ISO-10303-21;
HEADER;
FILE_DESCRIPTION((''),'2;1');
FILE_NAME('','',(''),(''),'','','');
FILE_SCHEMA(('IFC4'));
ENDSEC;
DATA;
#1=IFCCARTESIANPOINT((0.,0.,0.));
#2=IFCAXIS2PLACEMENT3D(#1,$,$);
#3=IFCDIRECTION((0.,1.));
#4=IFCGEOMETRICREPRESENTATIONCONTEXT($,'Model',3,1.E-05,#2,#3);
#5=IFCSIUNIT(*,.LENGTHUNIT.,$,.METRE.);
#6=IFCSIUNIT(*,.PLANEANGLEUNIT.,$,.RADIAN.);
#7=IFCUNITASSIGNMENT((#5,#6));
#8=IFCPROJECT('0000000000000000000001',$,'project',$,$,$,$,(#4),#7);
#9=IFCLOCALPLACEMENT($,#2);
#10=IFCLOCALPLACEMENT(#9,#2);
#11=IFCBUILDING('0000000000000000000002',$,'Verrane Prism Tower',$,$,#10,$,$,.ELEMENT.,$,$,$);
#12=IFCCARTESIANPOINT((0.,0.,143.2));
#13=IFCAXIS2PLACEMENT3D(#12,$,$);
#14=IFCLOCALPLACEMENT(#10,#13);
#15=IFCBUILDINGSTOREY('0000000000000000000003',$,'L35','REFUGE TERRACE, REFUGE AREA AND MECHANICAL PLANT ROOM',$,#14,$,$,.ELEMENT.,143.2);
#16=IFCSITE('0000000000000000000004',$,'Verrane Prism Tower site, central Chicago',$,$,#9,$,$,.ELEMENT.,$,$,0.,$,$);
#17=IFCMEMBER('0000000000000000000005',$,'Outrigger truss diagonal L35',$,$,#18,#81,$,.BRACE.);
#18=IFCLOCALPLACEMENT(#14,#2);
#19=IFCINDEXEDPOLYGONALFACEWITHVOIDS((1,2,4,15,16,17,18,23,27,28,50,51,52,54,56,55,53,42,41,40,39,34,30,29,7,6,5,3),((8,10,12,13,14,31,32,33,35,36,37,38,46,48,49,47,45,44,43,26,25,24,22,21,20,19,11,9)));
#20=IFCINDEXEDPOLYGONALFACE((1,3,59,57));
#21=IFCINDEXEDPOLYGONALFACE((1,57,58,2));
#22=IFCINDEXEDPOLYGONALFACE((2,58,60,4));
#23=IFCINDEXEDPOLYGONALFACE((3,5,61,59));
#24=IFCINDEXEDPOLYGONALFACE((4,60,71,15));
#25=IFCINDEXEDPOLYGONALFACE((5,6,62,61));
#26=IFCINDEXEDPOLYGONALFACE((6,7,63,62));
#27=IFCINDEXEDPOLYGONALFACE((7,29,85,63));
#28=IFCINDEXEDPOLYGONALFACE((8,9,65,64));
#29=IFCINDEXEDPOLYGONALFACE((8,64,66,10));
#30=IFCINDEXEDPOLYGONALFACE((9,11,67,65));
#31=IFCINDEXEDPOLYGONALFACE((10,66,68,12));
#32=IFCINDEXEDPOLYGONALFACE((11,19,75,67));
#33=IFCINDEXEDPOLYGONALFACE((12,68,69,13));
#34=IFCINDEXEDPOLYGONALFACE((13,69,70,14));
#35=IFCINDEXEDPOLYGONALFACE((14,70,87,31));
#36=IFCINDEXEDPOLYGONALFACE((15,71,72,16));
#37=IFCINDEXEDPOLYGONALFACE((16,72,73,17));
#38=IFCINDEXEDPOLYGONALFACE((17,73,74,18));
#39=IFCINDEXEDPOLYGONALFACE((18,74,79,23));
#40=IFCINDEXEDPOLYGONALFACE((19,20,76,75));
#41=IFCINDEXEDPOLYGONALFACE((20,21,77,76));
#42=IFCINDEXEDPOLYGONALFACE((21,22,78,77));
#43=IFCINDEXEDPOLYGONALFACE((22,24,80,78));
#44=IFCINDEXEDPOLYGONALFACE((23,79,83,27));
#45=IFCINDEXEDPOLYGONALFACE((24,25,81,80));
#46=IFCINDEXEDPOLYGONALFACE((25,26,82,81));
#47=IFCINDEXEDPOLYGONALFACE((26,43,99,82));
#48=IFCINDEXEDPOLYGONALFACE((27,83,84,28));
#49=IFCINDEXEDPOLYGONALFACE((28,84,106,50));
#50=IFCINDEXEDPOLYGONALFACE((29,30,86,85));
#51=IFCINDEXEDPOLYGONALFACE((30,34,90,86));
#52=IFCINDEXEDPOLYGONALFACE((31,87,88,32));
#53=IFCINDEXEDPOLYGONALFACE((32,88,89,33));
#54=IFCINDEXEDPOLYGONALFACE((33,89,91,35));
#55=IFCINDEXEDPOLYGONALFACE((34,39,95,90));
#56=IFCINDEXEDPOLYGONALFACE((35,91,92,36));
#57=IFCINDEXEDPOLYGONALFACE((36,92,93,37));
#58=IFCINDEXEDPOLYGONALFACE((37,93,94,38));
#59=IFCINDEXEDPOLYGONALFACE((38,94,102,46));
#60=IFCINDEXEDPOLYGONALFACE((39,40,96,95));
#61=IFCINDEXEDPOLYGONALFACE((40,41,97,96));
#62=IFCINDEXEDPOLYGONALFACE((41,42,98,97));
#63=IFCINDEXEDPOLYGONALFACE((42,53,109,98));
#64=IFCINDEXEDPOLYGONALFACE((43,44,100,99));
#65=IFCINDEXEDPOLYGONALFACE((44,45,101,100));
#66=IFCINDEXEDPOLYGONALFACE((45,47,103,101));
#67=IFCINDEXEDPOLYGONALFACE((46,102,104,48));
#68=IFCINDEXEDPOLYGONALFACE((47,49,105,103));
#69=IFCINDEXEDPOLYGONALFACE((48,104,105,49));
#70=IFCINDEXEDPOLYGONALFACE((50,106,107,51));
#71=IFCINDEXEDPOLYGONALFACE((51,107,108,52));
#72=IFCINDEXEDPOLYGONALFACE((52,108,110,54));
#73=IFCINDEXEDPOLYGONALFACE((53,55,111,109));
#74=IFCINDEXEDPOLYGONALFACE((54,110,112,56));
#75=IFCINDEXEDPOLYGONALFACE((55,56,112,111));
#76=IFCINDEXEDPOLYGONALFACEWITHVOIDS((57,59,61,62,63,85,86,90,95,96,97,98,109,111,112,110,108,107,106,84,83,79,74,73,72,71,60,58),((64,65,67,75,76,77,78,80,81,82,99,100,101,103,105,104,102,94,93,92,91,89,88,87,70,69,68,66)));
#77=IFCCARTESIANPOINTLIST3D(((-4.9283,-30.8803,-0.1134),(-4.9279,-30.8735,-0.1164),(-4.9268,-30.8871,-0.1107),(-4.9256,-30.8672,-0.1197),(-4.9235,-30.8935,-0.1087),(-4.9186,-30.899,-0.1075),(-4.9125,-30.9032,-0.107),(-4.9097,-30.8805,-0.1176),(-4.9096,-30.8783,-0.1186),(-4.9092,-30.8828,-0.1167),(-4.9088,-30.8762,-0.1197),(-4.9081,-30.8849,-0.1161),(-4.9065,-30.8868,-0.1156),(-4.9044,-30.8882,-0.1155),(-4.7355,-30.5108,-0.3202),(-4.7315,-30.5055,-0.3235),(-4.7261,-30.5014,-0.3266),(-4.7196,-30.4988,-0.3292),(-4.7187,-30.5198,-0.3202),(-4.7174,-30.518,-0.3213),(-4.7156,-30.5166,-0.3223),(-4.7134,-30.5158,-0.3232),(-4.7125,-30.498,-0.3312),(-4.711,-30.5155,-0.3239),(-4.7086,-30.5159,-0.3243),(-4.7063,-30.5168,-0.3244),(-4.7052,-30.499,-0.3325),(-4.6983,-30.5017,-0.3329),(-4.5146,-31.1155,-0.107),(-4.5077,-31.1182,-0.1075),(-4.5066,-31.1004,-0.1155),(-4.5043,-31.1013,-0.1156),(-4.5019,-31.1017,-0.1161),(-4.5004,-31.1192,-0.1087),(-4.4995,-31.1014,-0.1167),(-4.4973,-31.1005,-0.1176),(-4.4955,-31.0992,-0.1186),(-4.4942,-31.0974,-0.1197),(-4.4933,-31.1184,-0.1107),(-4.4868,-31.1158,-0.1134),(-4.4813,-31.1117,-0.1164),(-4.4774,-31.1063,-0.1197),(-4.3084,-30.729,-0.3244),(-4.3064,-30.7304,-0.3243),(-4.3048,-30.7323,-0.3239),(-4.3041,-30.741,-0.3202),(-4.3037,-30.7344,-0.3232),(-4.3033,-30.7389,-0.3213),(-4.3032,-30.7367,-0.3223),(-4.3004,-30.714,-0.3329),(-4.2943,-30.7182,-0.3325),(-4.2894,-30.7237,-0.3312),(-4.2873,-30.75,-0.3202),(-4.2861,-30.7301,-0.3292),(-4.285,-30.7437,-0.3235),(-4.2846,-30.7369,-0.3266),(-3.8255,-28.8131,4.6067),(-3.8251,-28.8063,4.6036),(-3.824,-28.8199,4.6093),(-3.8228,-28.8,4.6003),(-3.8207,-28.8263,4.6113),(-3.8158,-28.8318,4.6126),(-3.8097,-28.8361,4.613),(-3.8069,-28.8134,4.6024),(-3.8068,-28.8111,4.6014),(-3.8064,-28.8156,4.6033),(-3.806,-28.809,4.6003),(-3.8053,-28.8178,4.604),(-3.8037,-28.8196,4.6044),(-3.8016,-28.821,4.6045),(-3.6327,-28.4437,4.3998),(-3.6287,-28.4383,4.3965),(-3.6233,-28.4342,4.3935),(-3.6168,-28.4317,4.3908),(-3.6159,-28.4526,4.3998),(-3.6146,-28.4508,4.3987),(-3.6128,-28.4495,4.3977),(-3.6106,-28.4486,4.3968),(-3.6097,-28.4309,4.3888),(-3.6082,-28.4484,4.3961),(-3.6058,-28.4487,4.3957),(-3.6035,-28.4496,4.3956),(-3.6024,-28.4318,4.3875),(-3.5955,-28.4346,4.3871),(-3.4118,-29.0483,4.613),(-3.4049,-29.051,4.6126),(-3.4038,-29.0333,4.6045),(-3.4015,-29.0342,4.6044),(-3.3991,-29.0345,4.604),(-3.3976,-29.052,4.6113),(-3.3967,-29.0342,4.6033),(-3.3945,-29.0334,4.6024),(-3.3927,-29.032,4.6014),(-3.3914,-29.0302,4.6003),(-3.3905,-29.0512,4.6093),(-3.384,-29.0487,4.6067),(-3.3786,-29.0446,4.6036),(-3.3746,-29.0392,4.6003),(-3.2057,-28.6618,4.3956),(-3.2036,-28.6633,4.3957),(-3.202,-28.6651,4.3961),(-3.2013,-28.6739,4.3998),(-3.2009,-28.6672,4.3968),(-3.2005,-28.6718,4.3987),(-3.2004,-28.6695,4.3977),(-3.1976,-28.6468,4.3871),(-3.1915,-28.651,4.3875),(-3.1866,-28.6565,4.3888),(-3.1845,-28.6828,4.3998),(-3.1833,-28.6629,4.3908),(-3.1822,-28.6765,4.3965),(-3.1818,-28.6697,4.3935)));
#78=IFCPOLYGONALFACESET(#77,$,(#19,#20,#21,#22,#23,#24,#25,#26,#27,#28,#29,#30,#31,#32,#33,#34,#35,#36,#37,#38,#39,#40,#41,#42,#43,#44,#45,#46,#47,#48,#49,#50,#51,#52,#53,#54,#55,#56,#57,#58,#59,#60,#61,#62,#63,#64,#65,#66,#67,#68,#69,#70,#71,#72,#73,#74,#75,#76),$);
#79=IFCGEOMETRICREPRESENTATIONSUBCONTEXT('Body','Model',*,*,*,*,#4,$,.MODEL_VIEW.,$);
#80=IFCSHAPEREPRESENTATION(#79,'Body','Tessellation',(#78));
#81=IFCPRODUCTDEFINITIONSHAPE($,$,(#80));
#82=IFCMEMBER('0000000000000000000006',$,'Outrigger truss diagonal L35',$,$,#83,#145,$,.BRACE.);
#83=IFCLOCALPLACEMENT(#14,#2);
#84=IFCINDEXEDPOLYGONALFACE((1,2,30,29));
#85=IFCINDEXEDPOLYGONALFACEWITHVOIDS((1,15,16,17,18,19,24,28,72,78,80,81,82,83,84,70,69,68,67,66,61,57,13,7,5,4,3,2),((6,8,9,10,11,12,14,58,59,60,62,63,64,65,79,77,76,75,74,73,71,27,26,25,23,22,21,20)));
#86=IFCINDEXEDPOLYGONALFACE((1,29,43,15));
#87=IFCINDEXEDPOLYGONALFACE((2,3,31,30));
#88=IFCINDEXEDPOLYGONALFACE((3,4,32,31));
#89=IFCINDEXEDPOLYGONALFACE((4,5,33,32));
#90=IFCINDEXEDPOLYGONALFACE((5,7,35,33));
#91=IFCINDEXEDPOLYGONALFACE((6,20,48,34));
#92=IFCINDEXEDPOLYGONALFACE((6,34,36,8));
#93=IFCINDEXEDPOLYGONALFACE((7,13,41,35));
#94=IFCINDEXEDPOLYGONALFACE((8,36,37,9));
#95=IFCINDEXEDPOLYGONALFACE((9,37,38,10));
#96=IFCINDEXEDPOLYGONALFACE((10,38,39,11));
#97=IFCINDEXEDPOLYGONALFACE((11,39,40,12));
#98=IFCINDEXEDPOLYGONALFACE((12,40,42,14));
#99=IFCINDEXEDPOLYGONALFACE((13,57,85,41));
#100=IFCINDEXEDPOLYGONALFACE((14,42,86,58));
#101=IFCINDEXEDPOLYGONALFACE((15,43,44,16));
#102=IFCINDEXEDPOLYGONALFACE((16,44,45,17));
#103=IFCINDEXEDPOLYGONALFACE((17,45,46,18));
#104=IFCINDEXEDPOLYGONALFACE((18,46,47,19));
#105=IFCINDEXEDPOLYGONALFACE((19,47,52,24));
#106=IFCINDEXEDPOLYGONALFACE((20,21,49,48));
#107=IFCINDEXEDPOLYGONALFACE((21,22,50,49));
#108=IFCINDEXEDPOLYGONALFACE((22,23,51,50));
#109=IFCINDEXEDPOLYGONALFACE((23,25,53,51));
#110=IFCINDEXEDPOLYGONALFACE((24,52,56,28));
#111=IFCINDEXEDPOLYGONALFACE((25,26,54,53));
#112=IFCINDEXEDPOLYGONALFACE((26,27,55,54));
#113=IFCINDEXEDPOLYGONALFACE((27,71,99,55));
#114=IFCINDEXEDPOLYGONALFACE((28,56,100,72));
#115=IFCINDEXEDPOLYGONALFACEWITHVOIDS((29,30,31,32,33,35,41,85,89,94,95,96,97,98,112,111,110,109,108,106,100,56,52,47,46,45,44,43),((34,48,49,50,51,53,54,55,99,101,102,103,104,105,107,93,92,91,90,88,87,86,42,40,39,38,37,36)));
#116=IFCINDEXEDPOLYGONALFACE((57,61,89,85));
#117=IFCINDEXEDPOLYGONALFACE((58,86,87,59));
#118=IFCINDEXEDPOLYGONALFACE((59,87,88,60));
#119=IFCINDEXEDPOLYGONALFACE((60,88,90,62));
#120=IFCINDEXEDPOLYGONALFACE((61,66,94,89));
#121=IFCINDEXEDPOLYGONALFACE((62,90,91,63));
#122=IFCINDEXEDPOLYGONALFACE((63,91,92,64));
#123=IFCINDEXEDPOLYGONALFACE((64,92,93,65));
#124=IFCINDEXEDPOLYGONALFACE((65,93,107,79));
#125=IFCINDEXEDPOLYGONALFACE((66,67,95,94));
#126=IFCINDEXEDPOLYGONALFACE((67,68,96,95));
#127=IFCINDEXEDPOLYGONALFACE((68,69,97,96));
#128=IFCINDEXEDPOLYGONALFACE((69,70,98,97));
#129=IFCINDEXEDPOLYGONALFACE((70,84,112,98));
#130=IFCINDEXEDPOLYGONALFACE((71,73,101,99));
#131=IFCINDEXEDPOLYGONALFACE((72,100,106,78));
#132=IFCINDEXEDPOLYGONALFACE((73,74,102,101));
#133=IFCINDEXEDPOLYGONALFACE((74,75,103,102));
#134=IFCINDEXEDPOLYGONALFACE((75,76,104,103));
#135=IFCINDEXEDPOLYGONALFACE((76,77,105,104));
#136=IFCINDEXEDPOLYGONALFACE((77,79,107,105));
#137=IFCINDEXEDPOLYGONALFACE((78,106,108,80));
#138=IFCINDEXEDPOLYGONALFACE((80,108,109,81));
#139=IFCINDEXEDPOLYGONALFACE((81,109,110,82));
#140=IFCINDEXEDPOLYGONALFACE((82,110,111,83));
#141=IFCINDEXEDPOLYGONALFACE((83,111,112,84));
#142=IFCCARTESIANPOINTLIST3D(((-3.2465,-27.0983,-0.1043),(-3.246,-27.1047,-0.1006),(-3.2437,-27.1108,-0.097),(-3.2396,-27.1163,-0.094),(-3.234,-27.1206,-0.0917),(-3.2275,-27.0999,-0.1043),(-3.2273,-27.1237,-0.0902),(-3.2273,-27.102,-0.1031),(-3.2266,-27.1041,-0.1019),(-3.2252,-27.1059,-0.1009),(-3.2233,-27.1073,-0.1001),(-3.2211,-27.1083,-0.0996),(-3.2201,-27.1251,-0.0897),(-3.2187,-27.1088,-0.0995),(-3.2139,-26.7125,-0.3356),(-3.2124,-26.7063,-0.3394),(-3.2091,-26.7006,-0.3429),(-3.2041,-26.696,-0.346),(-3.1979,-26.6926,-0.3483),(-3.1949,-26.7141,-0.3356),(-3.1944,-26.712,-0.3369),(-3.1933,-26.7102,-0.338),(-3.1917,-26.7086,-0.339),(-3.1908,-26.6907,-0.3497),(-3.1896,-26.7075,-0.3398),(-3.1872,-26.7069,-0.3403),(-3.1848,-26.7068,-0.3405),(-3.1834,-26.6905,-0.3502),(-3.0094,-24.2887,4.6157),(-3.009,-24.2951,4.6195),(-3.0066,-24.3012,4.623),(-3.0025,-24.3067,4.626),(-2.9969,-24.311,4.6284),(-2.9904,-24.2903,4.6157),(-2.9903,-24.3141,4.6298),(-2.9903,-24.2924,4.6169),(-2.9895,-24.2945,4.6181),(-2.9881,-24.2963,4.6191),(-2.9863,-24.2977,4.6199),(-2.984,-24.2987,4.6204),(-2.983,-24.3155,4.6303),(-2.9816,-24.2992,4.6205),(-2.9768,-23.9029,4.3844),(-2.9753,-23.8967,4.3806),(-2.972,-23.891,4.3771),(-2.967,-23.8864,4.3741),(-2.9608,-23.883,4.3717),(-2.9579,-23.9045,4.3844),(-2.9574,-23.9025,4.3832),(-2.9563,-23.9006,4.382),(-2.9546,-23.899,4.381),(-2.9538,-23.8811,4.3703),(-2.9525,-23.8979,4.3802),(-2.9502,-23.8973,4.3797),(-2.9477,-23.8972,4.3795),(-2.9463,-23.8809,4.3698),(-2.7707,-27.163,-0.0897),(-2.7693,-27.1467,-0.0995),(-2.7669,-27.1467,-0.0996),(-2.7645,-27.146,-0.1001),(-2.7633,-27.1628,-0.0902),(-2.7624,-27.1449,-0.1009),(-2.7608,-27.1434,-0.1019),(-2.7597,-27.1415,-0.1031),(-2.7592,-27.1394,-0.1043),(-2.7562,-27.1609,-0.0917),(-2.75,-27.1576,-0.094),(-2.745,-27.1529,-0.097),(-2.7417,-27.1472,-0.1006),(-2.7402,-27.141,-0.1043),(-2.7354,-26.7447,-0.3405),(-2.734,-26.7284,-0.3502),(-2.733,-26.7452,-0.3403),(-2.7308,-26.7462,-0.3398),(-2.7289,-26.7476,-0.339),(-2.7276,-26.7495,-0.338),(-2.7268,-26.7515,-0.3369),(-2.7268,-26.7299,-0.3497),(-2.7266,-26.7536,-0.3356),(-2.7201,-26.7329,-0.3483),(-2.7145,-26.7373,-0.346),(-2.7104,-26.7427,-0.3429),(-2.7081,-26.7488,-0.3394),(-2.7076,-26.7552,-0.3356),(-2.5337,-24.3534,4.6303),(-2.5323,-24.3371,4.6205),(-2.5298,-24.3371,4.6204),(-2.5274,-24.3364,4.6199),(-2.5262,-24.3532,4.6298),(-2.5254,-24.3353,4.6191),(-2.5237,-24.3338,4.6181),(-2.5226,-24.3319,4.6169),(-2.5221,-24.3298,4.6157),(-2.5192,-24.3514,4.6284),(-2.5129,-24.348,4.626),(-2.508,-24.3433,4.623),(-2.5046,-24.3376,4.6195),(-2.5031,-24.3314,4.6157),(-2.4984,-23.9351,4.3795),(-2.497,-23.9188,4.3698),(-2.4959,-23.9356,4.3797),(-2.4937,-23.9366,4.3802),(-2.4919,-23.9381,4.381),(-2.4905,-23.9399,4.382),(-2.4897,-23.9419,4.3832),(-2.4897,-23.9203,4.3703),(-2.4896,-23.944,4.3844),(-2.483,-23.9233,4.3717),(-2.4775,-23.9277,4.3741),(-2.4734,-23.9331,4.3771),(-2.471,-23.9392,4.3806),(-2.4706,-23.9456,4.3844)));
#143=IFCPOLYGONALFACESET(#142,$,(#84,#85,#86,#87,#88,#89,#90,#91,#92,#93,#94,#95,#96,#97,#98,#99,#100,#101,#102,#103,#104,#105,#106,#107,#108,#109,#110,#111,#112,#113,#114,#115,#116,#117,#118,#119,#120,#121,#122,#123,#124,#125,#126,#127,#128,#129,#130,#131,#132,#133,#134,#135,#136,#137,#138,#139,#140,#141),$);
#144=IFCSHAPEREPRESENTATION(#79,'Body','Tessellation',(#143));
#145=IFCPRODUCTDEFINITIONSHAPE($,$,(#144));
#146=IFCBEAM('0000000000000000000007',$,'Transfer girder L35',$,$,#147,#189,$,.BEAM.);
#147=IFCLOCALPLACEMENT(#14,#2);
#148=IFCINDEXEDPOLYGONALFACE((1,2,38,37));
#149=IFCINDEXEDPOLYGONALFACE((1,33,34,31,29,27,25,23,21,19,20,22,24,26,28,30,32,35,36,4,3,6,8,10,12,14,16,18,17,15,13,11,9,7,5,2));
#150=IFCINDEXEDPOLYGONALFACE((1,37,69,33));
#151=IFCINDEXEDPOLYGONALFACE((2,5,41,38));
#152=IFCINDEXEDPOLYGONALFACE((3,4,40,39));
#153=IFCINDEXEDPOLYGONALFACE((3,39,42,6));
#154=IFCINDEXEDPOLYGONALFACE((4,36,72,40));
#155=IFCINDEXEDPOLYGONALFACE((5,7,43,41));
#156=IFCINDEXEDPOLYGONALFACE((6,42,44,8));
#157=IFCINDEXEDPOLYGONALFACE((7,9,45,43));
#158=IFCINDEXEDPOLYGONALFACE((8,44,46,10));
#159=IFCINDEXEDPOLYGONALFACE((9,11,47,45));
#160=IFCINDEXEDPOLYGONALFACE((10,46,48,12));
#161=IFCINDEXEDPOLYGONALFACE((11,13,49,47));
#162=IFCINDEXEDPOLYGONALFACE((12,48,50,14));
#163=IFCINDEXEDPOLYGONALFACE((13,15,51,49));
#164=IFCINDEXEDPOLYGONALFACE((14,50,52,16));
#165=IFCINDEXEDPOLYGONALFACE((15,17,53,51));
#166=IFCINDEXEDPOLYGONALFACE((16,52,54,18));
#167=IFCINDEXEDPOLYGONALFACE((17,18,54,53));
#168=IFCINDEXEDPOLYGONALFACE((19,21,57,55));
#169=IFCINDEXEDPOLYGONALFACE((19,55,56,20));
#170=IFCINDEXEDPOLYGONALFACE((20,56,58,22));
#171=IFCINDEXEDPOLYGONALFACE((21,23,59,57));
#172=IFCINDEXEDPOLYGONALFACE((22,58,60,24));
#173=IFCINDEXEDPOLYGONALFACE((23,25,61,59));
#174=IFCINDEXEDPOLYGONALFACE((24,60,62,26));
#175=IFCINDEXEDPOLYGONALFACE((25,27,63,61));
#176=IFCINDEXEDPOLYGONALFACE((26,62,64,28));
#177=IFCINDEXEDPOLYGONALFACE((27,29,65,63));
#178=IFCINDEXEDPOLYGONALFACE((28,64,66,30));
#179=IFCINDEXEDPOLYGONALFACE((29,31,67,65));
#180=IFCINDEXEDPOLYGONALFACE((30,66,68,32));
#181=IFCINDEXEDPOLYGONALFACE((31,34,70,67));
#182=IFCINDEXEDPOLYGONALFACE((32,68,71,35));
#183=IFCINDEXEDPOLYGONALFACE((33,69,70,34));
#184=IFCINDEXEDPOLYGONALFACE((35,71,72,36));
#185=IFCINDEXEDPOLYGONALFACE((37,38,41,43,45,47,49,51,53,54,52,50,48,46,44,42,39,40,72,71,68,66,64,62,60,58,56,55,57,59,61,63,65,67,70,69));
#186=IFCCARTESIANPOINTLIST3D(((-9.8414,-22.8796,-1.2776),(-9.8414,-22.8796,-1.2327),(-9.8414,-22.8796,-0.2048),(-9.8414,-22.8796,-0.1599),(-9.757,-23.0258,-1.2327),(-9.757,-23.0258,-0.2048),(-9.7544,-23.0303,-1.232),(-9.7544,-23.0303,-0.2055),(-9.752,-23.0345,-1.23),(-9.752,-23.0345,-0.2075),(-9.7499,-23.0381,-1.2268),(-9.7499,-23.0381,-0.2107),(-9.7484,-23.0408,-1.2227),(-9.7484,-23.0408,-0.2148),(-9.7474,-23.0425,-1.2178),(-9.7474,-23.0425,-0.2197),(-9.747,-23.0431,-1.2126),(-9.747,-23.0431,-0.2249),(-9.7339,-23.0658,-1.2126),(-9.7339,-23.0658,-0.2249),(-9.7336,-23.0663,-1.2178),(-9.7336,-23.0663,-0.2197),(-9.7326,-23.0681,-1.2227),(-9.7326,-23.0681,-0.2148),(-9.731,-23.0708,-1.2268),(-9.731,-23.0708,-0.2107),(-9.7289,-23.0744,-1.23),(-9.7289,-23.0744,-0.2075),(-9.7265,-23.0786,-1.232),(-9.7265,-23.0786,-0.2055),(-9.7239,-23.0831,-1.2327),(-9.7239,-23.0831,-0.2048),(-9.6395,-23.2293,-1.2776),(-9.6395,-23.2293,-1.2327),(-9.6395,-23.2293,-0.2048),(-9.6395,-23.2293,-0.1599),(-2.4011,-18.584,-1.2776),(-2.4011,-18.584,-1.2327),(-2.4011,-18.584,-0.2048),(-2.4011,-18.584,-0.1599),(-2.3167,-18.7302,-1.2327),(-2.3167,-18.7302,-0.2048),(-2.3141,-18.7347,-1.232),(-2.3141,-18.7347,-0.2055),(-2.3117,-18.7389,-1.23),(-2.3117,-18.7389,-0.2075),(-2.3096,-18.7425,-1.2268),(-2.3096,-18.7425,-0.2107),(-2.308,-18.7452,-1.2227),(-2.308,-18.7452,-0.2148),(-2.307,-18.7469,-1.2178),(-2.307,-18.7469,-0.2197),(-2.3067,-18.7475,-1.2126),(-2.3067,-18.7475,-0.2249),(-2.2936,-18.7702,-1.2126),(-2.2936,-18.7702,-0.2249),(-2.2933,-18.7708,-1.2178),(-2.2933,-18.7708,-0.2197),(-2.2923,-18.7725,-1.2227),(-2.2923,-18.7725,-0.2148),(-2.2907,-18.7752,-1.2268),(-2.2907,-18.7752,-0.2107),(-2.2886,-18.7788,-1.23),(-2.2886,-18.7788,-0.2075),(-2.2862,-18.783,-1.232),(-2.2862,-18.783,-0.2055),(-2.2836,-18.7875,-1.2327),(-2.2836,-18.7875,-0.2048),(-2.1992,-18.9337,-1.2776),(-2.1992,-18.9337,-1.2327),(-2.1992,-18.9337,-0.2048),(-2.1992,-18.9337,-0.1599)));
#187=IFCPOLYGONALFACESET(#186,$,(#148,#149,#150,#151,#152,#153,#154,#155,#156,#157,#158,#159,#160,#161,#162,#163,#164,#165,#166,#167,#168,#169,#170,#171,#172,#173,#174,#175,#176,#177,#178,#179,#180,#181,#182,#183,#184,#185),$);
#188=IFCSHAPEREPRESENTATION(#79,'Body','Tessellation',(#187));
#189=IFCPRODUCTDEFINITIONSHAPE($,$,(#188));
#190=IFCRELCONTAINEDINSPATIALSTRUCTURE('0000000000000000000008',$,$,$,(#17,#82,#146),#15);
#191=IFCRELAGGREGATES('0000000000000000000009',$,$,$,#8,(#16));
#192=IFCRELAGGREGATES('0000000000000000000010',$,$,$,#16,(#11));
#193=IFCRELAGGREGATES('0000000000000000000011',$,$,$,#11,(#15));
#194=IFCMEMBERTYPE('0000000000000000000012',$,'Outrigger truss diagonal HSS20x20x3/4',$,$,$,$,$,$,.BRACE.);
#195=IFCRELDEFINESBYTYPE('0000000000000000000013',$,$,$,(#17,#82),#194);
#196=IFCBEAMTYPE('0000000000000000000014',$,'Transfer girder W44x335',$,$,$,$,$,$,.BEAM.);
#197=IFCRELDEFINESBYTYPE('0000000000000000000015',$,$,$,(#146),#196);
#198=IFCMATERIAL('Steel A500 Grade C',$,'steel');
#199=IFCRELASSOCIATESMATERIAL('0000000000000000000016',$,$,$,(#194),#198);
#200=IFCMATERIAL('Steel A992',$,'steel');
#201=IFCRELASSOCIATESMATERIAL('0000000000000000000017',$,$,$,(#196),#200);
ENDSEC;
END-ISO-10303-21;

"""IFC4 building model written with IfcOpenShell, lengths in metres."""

from ifc_helpers import new_model, si_unit, direction, frame, origin, origin_2d, place, context, subcontext, project, spatial, hollow_rectangle, i_section, extrude, material, material_profile, profile_set, type_object, element, save


model = new_model("IFC4")

# Units and contexts
model_context = context("Model", 3, precision=1e-05, world=origin(), true_north=direction((0.0, 1.0)))
body_context = subcontext(model_context, "Body", "Model", "MODEL_VIEW")
ifc_project = project(units=[si_unit("LENGTHUNIT", "METRE"), si_unit("PLANEANGLEUNIT", "RADIAN")], contexts=[model_context])

# Site, building, storey
site_placement = place(None, origin())
site = spatial("IfcSite", under=ifc_project, at=site_placement, Name="Verrane Prism Tower site, central Chicago", CompositionType="ELEMENT", RefElevation=0.0)
building_placement = place(site_placement, origin())
building = spatial("IfcBuilding", under=site, at=building_placement, Name="Verrane Prism Tower", CompositionType="ELEMENT")
storey_placement = place(building_placement, frame((0.0, 0.0, 143.2)))
storey = spatial("IfcBuildingStorey", under=building, at=storey_placement, Name="L35", Description="REFUGE TERRACE, REFUGE AREA AND MECHANICAL PLANT ROOM", CompositionType="ELEMENT", Elevation=143.2)

# Members
ifc_material_1 = material(Name="Steel A500 Grade C", Category="steel")
ifc_material_profile_1 = material_profile(ifc_material_1, hollow_rectangle(XDim=0.5081, YDim=0.5081, WallThickness=0.019, InnerFilletRadius=0.0095, OuterFilletRadius=0.0286, at=origin_2d()), Name="HSS20x20x3/4")
ifc_profile_set_1 = profile_set([ifc_material_profile_1], Name="Steel A500 Grade C")
member_type_1 = type_object("IfcMemberType", Name="Outrigger truss diagonal HSS20x20x3/4", PredefinedType="BRACE", material=ifc_profile_set_1)
member_1_placement = place(storey_placement, frame((-4.6064, -30.8086, -0.22), z_axis=(0.209278, 0.392286, 0.89572), x_axis=(-0.882298, 0.470691, 0.0)))
element("IfcMember", 1, at=member_1_placement, inside=storey, type_object=member_type_1, Name="Outrigger truss diagonal L35", PredefinedType="BRACE", context=body_context, shape_type="SweptSolid", body=[
    extrude(hollow_rectangle(XDim=0.5081, YDim=0.5081, WallThickness=0.019, InnerFilletRadius=0.0095, OuterFilletRadius=0.0286, at=origin_2d()), origin(), (0.0, 0.0, 1.0), 5.2695),
])
member_2_placement = place(storey_placement, frame((-2.9771, -26.9268, -0.22), z_axis=(0.043118, 0.511017, 0.858489), x_axis=(-0.996459, 0.084077, 0.0)))
element("IfcMember", 2, at=member_2_placement, inside=storey, type_object=member_type_1, Name="Outrigger truss diagonal L35", PredefinedType="BRACE", context=body_context, shape_type="SweptSolid", body=[
    extrude(hollow_rectangle(XDim=0.5081, YDim=0.5081, WallThickness=0.019, InnerFilletRadius=0.0095, OuterFilletRadius=0.0286, at=origin_2d()), origin(), (0.0, 0.0, 1.0), 5.498),
])

# Beam
ifc_material_2 = material(Name="Steel A992", Category="steel")
ifc_material_profile_2 = material_profile(ifc_material_2, i_section(OverallWidth=0.4038, OverallDepth=1.1177, WebThickness=0.0261, FlangeThickness=0.0449, FilletRadius=0.02, at=origin_2d()), Name="W44x335")
ifc_profile_set_2 = profile_set([ifc_material_profile_2], Name="Steel A992")
beam_type_1 = type_object("IfcBeamType", Name="Transfer girder W44x335", PredefinedType="BEAM", material=ifc_profile_set_2)
beam_1_placement = place(storey_placement, frame((-9.7405, -23.0544, -0.7188), z_axis=(0.866029, 0.499993, 0.0), x_axis=(-0.499993, 0.866029, 0.0)))
element("IfcBeam", 3, at=beam_1_placement, inside=storey, type_object=beam_type_1, Name="Transfer girder L35", PredefinedType="BEAM", context=body_context, shape_type="SweptSolid", body=[
    extrude(i_section(OverallWidth=0.4038, OverallDepth=1.1177, WebThickness=0.0261, FlangeThickness=0.0449, FilletRadius=0.02, at=origin_2d()), origin(), (0.0, 0.0, 1.0), 8.5913),
])

save(model, "model.ifc")
